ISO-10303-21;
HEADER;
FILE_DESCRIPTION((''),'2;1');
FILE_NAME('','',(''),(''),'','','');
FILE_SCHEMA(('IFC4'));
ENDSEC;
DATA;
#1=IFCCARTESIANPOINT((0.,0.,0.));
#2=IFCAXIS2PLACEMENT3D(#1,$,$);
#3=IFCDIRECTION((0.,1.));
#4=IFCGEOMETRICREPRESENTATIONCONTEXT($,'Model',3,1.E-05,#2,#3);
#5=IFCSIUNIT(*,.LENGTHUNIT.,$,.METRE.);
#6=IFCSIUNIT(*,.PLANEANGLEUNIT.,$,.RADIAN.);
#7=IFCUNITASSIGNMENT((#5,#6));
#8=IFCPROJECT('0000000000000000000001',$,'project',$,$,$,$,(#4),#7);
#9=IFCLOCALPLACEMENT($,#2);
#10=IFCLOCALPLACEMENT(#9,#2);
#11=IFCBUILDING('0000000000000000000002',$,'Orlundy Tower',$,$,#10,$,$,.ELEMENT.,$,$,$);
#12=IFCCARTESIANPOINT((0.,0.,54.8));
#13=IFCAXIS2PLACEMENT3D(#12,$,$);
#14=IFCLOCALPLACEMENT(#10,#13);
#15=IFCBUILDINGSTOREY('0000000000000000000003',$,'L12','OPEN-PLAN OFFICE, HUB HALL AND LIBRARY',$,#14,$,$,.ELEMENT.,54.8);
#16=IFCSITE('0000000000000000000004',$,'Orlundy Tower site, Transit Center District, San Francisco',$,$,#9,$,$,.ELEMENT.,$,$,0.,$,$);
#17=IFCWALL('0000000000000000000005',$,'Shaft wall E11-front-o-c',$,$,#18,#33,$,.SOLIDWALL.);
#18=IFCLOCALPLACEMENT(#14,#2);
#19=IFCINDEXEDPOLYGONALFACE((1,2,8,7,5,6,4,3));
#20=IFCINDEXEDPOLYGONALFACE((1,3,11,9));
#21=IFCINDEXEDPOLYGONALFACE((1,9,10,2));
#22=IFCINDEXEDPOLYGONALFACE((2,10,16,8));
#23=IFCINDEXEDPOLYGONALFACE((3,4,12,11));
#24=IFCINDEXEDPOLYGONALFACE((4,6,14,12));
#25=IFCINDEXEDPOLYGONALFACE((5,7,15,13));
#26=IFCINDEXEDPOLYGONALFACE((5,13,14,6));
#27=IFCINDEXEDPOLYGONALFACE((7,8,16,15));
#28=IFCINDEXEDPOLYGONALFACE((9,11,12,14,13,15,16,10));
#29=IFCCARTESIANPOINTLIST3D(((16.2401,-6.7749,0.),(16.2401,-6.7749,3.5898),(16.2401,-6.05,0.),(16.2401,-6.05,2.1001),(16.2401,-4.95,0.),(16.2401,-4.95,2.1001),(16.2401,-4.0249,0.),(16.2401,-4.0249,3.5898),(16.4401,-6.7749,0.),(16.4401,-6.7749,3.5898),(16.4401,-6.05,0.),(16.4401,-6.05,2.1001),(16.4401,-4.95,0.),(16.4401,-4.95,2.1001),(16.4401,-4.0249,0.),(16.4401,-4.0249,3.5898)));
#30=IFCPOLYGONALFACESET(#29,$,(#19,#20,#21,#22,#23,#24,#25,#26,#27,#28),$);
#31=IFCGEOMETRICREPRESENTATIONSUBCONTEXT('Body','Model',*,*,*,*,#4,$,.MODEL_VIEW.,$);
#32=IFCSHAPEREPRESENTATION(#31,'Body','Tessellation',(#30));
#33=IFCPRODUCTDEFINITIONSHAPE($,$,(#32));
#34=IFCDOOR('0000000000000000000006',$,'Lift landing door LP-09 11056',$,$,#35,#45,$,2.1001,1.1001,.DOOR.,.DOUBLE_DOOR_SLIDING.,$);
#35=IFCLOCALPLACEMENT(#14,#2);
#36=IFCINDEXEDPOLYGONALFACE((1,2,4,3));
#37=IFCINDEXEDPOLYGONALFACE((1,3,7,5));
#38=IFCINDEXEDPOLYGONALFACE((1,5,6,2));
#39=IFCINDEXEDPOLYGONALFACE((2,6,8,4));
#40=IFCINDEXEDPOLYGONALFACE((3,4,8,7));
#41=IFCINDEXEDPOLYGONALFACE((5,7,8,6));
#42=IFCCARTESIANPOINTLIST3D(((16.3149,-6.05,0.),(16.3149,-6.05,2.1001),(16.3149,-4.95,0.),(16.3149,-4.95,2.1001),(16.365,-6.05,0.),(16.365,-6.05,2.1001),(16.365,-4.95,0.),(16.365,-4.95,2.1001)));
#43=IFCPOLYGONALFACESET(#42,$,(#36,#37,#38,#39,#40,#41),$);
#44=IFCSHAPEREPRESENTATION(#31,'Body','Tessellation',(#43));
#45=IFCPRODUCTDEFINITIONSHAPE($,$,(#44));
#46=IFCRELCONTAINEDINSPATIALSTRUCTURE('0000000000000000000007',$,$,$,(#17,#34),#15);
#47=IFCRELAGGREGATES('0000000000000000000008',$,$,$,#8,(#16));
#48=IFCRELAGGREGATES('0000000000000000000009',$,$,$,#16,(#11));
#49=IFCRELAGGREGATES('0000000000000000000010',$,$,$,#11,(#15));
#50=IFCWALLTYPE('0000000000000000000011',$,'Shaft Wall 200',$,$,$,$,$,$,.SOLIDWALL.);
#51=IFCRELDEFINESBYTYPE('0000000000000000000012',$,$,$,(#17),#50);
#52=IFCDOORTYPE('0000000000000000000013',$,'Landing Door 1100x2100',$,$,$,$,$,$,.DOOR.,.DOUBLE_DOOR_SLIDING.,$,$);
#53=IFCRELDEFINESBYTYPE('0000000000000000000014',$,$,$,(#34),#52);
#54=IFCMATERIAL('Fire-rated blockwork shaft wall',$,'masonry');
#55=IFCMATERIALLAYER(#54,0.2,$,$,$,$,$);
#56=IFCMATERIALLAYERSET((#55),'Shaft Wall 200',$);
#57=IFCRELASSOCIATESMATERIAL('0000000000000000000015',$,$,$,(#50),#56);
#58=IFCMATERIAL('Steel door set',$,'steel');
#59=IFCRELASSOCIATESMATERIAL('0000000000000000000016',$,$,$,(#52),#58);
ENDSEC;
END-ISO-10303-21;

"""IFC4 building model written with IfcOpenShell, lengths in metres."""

from ifc_helpers import new_model, si_unit, direction, frame, frame_2d, origin, place, context, subcontext, project, spatial, rectangle, extrude, material, layer, layer_set, type_object, element, fill, save


model = new_model("IFC4")

# Units and contexts
model_context = context("Model", 3, precision=1e-05, world=origin(), true_north=direction((0.0, 1.0)))
body_context = subcontext(model_context, "Body", "Model", "MODEL_VIEW")
ifc_project = project(units=[si_unit("LENGTHUNIT", "METRE"), si_unit("PLANEANGLEUNIT", "RADIAN")], contexts=[model_context])

# Site, building, storey
site_placement = place(None, origin())
site = spatial("IfcSite", under=ifc_project, at=site_placement, Name="Orlundy Tower site, Transit Center District, San Francisco", CompositionType="ELEMENT", RefElevation=0.0)
building_placement = place(site_placement, origin())
building = spatial("IfcBuilding", under=site, at=building_placement, Name="Orlundy Tower", CompositionType="ELEMENT")
storey_placement = place(building_placement, frame((0.0, 0.0, 54.8)))
storey = spatial("IfcBuildingStorey", under=building, at=storey_placement, Name="L12", Description="OPEN-PLAN OFFICE, HUB HALL AND LIBRARY", CompositionType="ELEMENT", Elevation=54.8)

# Shared definitions
ifc_material_1 = material(Name="Fire-rated blockwork shaft wall", Category="masonry")
ifc_layer_1 = layer(ifc_material_1, 0.2)
ifc_layer_set_1 = layer_set([ifc_layer_1], Name="Shaft Wall 200")
wall_type_1 = type_object("IfcWallType", Name="Shaft Wall 200", PredefinedType="SOLIDWALL", material=ifc_layer_set_1)

# Shared definitions
ifc_material_2 = material(Name="Steel door set", Category="steel")
door_type = type_object("IfcDoorType", Name="Landing Door 1100x2100", OperationType="DOUBLE_DOOR_SLIDING", PredefinedType="DOOR", material=ifc_material_2)

# Wall, opening, door
wall_1_placement = place(storey_placement, frame((16.3401, -4.0249, 0.0), z_axis=(0.0, 0.0, 1.0), x_axis=(0.0, -1.0, 0.0)))
wall_1 = element("IfcWall", 1, at=wall_1_placement, inside=storey, type_object=wall_type_1, Name="Shaft wall E11-front-o-c", PredefinedType="SOLIDWALL", context=body_context, shape_type="SweptSolid", body=[
    extrude(rectangle(XDim=2.75, YDim=0.2, at=frame_2d((1.375, 0.0))), origin(), (0.0, 0.0, 1.0), 3.5898),
])
opening_1_placement = place(wall_1_placement, frame((0.925, 0.0, 0.0)))
opening_1 = element("IfcOpeningElement", 2, at=opening_1_placement, cuts=wall_1, PredefinedType="OPENING", context=body_context, shape_type="SweptSolid", body=[
    extrude(rectangle(XDim=1.1001, YDim=2.1001, at=frame_2d((0.55, 1.05))), frame((0.0, 0.1101, 0.0), z_axis=(0.0, -1.0, 0.0), x_axis=(1.0, 0.0, 0.0)), (0.0, 0.0, 1.0), 0.2202),
])
door_1_placement = place(opening_1_placement, origin())
door_1 = element("IfcDoor", 3, at=door_1_placement, inside=storey, type_object=door_type, Name="Lift landing door LP-09 11056", OperationType="DOUBLE_DOOR_SLIDING", OverallHeight=2.1001, OverallWidth=1.1001, PredefinedType="DOOR", context=body_context, shape_type="SweptSolid", body=[
    extrude(rectangle(XDim=1.1001, YDim=2.1001, at=frame_2d((0.55, 1.05))), frame((0.0, 0.0249, 0.0), z_axis=(0.0, -1.0, 0.0), x_axis=(1.0, 0.0, 0.0)), (0.0, 0.0, 1.0), 0.05),
])
fill(opening_1, door_1)

save(model, "model.ifc")
